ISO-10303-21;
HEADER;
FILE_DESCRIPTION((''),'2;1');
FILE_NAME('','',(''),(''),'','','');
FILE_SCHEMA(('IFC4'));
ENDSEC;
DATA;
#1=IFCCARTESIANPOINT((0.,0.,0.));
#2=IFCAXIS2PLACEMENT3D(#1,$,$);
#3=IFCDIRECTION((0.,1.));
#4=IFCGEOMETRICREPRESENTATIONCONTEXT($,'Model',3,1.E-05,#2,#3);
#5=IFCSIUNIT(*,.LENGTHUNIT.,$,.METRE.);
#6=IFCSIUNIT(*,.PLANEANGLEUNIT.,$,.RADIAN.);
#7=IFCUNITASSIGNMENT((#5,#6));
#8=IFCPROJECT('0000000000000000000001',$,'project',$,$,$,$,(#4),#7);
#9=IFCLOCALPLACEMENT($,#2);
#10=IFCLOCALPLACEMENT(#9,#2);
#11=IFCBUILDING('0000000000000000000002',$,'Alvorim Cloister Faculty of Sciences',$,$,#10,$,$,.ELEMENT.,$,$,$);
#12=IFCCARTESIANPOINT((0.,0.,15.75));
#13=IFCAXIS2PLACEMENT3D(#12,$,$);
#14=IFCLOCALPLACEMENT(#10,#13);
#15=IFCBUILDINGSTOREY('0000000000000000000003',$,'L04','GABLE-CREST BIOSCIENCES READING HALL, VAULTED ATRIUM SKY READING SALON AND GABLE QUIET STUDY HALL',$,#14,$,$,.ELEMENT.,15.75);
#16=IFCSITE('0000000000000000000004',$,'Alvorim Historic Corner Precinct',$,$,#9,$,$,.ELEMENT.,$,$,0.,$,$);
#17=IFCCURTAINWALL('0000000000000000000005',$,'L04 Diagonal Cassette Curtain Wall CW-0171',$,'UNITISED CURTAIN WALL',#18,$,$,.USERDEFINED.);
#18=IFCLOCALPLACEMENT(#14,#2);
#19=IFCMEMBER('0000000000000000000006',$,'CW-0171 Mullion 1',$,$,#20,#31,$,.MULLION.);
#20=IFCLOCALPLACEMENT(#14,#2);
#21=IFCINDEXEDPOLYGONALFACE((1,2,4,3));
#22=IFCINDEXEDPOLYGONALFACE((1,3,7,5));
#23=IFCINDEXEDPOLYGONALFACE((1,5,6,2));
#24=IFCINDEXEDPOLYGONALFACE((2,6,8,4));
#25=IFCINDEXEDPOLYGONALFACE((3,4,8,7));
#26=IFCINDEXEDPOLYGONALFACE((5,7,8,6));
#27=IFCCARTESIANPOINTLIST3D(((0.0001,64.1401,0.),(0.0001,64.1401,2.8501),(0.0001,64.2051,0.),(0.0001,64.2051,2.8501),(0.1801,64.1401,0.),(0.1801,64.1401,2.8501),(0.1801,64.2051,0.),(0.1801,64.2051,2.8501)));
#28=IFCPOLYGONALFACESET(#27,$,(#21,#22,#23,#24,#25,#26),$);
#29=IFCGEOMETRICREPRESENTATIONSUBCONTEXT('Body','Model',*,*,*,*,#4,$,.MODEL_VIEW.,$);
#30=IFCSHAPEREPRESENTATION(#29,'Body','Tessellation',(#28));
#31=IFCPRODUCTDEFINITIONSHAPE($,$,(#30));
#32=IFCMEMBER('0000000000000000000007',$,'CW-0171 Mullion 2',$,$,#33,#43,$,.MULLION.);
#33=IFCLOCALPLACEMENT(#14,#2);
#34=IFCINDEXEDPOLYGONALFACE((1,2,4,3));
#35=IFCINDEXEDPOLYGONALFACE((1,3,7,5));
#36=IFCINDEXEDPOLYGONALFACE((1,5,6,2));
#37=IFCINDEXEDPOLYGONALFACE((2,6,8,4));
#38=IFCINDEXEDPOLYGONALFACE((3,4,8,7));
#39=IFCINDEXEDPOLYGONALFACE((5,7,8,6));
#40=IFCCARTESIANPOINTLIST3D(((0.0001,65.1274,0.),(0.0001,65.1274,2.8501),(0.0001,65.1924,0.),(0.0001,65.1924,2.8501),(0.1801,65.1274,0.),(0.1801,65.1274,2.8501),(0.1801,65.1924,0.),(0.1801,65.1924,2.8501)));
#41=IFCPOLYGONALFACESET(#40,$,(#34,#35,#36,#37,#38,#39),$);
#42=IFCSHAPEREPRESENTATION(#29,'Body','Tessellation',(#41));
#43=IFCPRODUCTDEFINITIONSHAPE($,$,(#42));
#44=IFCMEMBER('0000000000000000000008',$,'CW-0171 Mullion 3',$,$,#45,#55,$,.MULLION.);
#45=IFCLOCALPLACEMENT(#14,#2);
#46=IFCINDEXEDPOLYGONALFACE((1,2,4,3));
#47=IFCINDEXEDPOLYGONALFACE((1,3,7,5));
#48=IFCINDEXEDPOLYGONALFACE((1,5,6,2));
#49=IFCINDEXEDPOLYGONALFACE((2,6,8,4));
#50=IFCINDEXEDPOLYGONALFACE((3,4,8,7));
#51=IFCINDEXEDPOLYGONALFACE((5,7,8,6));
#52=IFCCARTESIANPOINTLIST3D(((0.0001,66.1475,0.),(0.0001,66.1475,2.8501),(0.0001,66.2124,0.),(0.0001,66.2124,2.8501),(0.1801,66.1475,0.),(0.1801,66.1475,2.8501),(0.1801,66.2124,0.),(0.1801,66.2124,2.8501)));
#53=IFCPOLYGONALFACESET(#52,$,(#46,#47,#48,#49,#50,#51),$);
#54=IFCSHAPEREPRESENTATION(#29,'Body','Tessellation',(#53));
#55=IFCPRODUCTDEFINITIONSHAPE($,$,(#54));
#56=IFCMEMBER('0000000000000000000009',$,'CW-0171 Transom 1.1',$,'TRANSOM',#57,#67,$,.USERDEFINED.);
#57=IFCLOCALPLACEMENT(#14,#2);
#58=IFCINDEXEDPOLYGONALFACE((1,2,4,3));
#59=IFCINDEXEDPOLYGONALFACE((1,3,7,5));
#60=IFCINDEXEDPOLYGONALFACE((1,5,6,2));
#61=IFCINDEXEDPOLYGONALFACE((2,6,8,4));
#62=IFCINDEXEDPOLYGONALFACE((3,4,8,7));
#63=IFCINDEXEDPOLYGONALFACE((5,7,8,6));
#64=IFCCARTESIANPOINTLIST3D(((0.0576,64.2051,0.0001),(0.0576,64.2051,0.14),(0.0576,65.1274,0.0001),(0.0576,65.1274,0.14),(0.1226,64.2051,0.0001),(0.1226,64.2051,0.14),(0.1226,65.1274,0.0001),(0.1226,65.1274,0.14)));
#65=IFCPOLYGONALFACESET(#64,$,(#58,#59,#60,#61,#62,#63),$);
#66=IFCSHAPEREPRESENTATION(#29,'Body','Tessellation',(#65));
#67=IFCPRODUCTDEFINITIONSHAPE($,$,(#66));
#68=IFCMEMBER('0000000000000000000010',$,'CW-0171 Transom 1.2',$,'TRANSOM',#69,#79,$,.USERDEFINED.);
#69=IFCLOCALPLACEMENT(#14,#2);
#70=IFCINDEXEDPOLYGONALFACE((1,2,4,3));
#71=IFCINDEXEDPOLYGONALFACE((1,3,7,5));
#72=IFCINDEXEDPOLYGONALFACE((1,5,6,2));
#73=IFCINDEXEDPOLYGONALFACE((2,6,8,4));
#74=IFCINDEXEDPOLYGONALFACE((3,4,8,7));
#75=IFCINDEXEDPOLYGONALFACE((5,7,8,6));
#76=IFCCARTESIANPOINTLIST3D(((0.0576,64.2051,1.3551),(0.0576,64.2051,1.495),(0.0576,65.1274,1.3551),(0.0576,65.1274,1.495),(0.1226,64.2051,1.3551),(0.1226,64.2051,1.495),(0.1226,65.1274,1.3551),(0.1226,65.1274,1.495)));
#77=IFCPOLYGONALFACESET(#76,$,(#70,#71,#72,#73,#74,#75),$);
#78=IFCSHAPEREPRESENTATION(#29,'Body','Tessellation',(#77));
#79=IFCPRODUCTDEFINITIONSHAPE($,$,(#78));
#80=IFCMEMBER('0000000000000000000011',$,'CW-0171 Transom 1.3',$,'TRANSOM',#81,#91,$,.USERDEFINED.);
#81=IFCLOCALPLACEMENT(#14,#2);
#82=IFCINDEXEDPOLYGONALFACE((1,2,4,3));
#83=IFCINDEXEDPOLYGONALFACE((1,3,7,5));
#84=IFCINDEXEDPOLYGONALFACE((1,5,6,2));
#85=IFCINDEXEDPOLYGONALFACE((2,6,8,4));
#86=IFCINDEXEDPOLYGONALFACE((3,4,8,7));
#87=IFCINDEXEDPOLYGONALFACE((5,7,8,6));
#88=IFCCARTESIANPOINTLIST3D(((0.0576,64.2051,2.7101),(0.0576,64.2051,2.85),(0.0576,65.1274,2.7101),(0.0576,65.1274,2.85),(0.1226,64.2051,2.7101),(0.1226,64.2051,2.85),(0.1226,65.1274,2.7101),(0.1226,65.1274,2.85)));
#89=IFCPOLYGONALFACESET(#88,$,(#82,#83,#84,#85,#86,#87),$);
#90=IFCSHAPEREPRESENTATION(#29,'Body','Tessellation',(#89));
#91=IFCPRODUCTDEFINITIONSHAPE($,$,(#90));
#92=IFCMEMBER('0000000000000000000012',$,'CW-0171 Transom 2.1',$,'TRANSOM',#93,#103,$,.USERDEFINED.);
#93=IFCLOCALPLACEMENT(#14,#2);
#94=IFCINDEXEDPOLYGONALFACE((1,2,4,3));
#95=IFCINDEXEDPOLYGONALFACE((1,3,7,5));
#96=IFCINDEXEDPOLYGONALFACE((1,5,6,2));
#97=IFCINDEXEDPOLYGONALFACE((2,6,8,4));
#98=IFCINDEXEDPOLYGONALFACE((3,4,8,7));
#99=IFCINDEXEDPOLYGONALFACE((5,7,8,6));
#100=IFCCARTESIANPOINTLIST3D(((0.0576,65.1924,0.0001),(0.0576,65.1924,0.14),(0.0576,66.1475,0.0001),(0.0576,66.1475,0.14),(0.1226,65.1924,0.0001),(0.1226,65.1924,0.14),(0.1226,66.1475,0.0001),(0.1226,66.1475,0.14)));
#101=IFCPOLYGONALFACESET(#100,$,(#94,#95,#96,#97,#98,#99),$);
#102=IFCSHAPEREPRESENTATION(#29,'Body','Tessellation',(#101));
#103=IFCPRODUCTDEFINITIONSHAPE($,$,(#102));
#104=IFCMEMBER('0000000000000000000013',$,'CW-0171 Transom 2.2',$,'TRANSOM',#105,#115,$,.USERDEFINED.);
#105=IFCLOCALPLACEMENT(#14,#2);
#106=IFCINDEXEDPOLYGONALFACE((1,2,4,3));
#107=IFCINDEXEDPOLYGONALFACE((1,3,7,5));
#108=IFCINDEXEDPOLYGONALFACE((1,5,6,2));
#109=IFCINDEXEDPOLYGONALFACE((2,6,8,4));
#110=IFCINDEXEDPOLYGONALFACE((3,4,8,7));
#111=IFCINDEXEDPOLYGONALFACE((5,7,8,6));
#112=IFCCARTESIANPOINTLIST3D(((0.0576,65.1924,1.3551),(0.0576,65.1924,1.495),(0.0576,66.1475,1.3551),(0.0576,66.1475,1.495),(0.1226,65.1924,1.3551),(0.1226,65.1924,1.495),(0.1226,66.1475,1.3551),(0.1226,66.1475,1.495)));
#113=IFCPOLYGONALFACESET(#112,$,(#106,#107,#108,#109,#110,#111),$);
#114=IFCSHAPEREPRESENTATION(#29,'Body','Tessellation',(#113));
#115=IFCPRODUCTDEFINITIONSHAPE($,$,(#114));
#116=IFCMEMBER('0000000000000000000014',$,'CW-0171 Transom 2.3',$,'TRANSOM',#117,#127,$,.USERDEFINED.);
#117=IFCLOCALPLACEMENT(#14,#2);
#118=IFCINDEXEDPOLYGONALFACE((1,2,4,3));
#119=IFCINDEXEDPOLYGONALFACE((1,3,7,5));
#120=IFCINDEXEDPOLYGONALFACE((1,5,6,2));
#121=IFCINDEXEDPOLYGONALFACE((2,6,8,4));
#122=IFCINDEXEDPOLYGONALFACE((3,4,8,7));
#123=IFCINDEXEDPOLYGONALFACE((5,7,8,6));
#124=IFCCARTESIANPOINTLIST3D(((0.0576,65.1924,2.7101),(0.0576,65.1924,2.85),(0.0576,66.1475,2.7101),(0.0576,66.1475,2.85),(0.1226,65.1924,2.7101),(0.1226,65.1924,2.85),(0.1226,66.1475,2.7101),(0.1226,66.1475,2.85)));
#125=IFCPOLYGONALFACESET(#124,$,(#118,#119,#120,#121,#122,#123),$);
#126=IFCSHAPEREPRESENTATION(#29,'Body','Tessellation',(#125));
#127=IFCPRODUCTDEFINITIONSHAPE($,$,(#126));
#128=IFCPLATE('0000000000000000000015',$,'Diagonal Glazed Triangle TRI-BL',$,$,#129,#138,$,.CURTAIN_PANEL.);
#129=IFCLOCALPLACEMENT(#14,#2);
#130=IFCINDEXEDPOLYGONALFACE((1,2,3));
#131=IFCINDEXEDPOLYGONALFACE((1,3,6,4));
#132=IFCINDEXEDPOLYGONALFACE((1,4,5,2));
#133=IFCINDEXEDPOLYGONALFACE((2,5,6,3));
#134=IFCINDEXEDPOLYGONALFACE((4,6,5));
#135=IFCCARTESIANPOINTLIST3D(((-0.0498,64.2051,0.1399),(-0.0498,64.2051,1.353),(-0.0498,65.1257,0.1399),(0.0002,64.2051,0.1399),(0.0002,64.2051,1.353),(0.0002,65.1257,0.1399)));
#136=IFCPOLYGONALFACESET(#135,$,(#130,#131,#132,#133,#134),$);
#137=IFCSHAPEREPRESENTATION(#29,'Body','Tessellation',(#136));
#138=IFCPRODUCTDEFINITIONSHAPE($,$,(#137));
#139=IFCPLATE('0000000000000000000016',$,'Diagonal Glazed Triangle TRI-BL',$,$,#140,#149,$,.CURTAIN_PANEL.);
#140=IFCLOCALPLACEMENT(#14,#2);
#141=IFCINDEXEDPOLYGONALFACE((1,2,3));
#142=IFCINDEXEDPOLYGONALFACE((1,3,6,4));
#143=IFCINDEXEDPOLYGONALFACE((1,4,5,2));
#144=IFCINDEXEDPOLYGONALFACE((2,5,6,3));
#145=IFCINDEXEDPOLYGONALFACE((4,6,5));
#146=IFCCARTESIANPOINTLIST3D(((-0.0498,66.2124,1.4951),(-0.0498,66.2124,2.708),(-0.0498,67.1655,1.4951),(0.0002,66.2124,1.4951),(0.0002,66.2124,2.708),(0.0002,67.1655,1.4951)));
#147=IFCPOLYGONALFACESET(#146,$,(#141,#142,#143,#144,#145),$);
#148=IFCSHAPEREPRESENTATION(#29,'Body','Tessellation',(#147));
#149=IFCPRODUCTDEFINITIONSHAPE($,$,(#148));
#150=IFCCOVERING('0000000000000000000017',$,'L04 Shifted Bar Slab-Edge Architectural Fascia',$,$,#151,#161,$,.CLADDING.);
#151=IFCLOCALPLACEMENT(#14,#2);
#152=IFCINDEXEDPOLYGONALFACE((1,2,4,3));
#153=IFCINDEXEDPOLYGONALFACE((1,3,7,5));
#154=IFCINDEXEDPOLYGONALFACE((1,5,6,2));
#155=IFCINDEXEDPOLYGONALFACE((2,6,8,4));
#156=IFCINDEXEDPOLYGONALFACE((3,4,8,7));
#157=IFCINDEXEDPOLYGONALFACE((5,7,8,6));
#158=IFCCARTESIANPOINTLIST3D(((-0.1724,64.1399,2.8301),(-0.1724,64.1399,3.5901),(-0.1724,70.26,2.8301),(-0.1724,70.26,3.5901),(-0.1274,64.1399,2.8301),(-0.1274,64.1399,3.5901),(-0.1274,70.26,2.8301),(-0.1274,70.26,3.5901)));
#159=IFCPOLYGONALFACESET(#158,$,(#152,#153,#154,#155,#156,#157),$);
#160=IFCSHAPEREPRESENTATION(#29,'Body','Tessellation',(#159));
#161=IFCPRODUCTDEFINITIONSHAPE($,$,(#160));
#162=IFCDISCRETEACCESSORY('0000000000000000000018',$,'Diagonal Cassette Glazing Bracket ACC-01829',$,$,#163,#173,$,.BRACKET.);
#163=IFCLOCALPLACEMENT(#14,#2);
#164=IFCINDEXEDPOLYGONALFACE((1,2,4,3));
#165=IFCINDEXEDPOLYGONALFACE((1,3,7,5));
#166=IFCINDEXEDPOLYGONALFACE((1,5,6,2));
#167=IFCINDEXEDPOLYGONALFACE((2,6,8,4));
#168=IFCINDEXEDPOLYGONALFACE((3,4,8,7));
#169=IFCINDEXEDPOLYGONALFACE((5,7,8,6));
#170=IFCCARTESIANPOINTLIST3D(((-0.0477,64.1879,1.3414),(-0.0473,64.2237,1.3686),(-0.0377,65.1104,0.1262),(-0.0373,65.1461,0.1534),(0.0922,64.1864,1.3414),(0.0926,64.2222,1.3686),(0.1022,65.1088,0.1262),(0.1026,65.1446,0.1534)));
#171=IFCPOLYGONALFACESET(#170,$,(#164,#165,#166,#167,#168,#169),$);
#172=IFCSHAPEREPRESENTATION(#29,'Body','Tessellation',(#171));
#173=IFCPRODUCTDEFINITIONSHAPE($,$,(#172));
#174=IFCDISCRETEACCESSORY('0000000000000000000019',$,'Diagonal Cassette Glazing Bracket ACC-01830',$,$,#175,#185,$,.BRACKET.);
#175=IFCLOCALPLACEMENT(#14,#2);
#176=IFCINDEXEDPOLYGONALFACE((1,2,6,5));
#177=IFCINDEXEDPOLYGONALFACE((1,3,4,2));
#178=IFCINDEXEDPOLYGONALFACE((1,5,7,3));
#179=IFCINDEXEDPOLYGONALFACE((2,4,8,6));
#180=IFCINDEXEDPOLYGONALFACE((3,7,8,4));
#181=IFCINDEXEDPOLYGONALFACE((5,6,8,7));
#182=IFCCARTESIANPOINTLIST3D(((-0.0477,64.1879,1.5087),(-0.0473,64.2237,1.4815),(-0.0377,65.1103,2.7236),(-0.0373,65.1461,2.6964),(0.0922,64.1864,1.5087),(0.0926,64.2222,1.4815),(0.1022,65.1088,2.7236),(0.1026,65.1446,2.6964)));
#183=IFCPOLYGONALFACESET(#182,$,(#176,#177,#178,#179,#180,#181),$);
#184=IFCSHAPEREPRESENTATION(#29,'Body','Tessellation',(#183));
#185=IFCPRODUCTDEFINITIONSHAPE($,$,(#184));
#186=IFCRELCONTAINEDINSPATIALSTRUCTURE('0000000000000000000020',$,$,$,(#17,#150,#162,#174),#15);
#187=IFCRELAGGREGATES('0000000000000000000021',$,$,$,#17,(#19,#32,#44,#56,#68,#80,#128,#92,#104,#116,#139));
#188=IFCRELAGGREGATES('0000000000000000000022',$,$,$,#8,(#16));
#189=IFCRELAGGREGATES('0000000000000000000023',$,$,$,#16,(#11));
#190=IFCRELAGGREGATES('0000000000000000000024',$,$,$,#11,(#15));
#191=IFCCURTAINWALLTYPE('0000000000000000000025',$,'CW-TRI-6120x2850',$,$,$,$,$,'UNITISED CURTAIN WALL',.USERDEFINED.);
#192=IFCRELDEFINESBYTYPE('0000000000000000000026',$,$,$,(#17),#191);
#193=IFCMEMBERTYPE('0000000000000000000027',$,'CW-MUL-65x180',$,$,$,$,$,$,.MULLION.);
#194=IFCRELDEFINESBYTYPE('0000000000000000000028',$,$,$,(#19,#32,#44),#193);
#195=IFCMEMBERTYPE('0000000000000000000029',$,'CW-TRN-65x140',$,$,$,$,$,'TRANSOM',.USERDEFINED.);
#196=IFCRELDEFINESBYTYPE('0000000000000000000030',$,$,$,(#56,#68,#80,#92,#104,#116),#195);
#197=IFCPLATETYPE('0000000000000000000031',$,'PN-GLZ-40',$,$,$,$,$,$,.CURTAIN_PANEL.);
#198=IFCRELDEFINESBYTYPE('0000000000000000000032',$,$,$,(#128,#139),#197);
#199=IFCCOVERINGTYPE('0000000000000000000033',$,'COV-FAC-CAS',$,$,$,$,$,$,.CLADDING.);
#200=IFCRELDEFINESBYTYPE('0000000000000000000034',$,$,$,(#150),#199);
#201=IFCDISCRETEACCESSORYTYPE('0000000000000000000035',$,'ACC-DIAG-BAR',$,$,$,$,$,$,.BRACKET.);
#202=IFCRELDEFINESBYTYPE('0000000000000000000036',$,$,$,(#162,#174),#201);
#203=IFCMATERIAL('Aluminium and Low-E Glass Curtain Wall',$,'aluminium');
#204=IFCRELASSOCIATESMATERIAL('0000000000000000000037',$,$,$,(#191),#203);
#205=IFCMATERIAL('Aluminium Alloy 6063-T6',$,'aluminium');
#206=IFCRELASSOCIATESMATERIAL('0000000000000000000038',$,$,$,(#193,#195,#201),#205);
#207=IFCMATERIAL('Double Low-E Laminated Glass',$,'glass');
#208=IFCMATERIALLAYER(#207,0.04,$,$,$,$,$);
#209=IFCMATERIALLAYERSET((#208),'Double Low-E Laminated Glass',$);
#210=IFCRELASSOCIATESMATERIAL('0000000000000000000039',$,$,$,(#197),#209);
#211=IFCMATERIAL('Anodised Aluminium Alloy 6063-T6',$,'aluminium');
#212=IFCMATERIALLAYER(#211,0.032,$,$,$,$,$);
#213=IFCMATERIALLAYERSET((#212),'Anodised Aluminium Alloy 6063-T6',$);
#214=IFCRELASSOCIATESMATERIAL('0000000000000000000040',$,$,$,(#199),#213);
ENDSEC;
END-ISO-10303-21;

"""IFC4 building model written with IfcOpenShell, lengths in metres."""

from ifc_helpers import new_model, si_unit, direction, frame, origin, origin_2d, place, context, subcontext, project, spatial, polyline, rectangle, outline, extrude, material, layer, layer_set, material_profile, profile_set, type_object, element, aggregate, save


model = new_model("IFC4")

# Units and contexts
model_context = context("Model", 3, precision=1e-05, world=origin(), true_north=direction((0.0, 1.0)))
body_context = subcontext(model_context, "Body", "Model", "MODEL_VIEW")
ifc_project = project(units=[si_unit("LENGTHUNIT", "METRE"), si_unit("PLANEANGLEUNIT", "RADIAN")], contexts=[model_context])

# Site, building, storey
site_placement = place(None, origin())
site = spatial("IfcSite", under=ifc_project, at=site_placement, Name="Alvorim Historic Corner Precinct", CompositionType="ELEMENT", RefElevation=0.0)
building_placement = place(site_placement, origin())
building = spatial("IfcBuilding", under=site, at=building_placement, Name="Alvorim Cloister Faculty of Sciences", CompositionType="ELEMENT")
storey_placement = place(building_placement, frame((0.0, 0.0, 15.75)))
storey = spatial("IfcBuildingStorey", under=building, at=storey_placement, Name="L04", Description="GABLE-CREST BIOSCIENCES READING HALL, VAULTED ATRIUM SKY READING SALON AND GABLE QUIET STUDY HALL", CompositionType="ELEMENT", Elevation=15.75)

# Curtain wall, members, plates
ifc_material_1 = material(Name="Aluminium and Low-E Glass Curtain Wall", Category="aluminium")
curtain_wall_type = type_object("IfcCurtainWallType", Name="CW-TRI-6120x2850", ElementType="UNITISED CURTAIN WALL", PredefinedType="USERDEFINED", material=ifc_material_1)
curtain_wall_placement = place(storey_placement, origin())
curtain_wall = element("IfcCurtainWall", 1, at=curtain_wall_placement, inside=storey, type_object=curtain_wall_type, Name="L04 Diagonal Cassette Curtain Wall CW-0171", ObjectType="UNITISED CURTAIN WALL", PredefinedType="USERDEFINED")
ifc_material_2 = material(Name="Aluminium Alloy 6063-T6", Category="aluminium")
ifc_material_profile_1 = material_profile(ifc_material_2, rectangle(XDim=0.0649, YDim=0.1799, at=origin_2d()), Name="ALU-MUL-65x180")
ifc_profile_set_1 = profile_set([ifc_material_profile_1], Name="Aluminium Alloy 6063-T6")
member_type_1 = type_object("IfcMemberType", Name="CW-MUL-65x180", PredefinedType="MULLION", material=ifc_profile_set_1)
member_1_placement = place(storey_placement, frame((0.0901, 64.1726, 0.0), z_axis=(0.0, 0.0, 1.0), x_axis=(0.0, 1.0, 0.0)))
member_1 = element("IfcMember", 2, at=member_1_placement, type_object=member_type_1, Name="CW-0171 Mullion 1", PredefinedType="MULLION", context=body_context, shape_type="SweptSolid", body=[
    extrude(rectangle(XDim=0.0649, YDim=0.1799, at=origin_2d()), origin(), (0.0, 0.0, 1.0), 2.8501),
])
member_2_placement = place(storey_placement, frame((0.0901, 65.1599, 0.0), z_axis=(0.0, 0.0, 1.0), x_axis=(0.0, 1.0, 0.0)))
member_2 = element("IfcMember", 3, at=member_2_placement, type_object=member_type_1, Name="CW-0171 Mullion 2", PredefinedType="MULLION", context=body_context, shape_type="SweptSolid", body=[
    extrude(rectangle(XDim=0.0649, YDim=0.1799, at=origin_2d()), origin(), (0.0, 0.0, 1.0), 2.8501),
])
member_3_placement = place(storey_placement, frame((0.0901, 66.1799, 0.0), z_axis=(0.0, 0.0, 1.0), x_axis=(0.0, 1.0, 0.0)))
member_3 = element("IfcMember", 4, at=member_3_placement, type_object=member_type_1, Name="CW-0171 Mullion 3", PredefinedType="MULLION", context=body_context, shape_type="SweptSolid", body=[
    extrude(rectangle(XDim=0.0649, YDim=0.1799, at=origin_2d()), origin(), (0.0, 0.0, 1.0), 2.8501),
])
ifc_material_profile_2 = material_profile(ifc_material_2, rectangle(XDim=0.0649, YDim=0.1399, at=origin_2d()), Name="ALU-TRN-65x140")
ifc_profile_set_2 = profile_set([ifc_material_profile_2], Name="Aluminium Alloy 6063-T6")
member_type_2 = type_object("IfcMemberType", Name="CW-TRN-65x140", ElementType="TRANSOM", PredefinedType="USERDEFINED", material=ifc_profile_set_2)
member_4_placement = place(storey_placement, frame((0.0901, 64.2051, 0.0701), z_axis=(0.0, 1.0, 0.0), x_axis=(-1.0, 0.0, 0.0)))
member_4 = element("IfcMember", 5, at=member_4_placement, type_object=member_type_2, Name="CW-0171 Transom 1.1", ObjectType="TRANSOM", PredefinedType="USERDEFINED", context=body_context, shape_type="SweptSolid", body=[
    extrude(rectangle(XDim=0.0649, YDim=0.1399, at=origin_2d()), origin(), (0.0, 0.0, 1.0), 0.9224),
])
member_5_placement = place(storey_placement, frame((0.0901, 64.2051, 1.425), z_axis=(0.0, 1.0, 0.0), x_axis=(-1.0, 0.0, 0.0)))
member_5 = element("IfcMember", 6, at=member_5_placement, type_object=member_type_2, Name="CW-0171 Transom 1.2", ObjectType="TRANSOM", PredefinedType="USERDEFINED", context=body_context, shape_type="SweptSolid", body=[
    extrude(rectangle(XDim=0.0649, YDim=0.1399, at=origin_2d()), origin(), (0.0, 0.0, 1.0), 0.9224),
])
member_6_placement = place(storey_placement, frame((0.0901, 64.2051, 2.78), z_axis=(0.0, 1.0, 0.0), x_axis=(-1.0, 0.0, 0.0)))
member_6 = element("IfcMember", 7, at=member_6_placement, type_object=member_type_2, Name="CW-0171 Transom 1.3", ObjectType="TRANSOM", PredefinedType="USERDEFINED", context=body_context, shape_type="SweptSolid", body=[
    extrude(rectangle(XDim=0.0649, YDim=0.1399, at=origin_2d()), origin(), (0.0, 0.0, 1.0), 0.9224),
])
member_7_placement = place(storey_placement, frame((0.0901, 65.1924, 0.0701), z_axis=(0.0, 1.0, 0.0), x_axis=(-1.0, 0.0, 0.0)))
member_7 = element("IfcMember", 8, at=member_7_placement, type_object=member_type_2, Name="CW-0171 Transom 2.1", ObjectType="TRANSOM", PredefinedType="USERDEFINED", context=body_context, shape_type="SweptSolid", body=[
    extrude(rectangle(XDim=0.0649, YDim=0.1399, at=origin_2d()), origin(), (0.0, 0.0, 1.0), 0.9551),
])
member_8_placement = place(storey_placement, frame((0.0901, 65.1924, 1.425), z_axis=(0.0, 1.0, 0.0), x_axis=(-1.0, 0.0, 0.0)))
member_8 = element("IfcMember", 9, at=member_8_placement, type_object=member_type_2, Name="CW-0171 Transom 2.2", ObjectType="TRANSOM", PredefinedType="USERDEFINED", context=body_context, shape_type="SweptSolid", body=[
    extrude(rectangle(XDim=0.0649, YDim=0.1399, at=origin_2d()), origin(), (0.0, 0.0, 1.0), 0.9551),
])
member_9_placement = place(storey_placement, frame((0.0901, 65.1924, 2.78), z_axis=(0.0, 1.0, 0.0), x_axis=(-1.0, 0.0, 0.0)))
member_9 = element("IfcMember", 10, at=member_9_placement, type_object=member_type_2, Name="CW-0171 Transom 2.3", ObjectType="TRANSOM", PredefinedType="USERDEFINED", context=body_context, shape_type="SweptSolid", body=[
    extrude(rectangle(XDim=0.0649, YDim=0.1399, at=origin_2d()), origin(), (0.0, 0.0, 1.0), 0.9551),
])
ifc_material_3 = material(Name="Double Low-E Laminated Glass", Category="glass")
ifc_layer_1 = layer(ifc_material_3, 0.04)
ifc_layer_set_1 = layer_set([ifc_layer_1], Name="Double Low-E Laminated Glass")
plate_type = type_object("IfcPlateType", Name="PN-GLZ-40", PredefinedType="CURTAIN_PANEL", material=ifc_layer_set_1)
plate_1_placement = place(storey_placement, frame((-0.0249, 64.2051, 0.1399), z_axis=(0.0, 0.0, 1.0), x_axis=(0.0, 1.0, 0.0)))
plate_1 = element("IfcPlate", 11, at=plate_1_placement, type_object=plate_type, Name="Diagonal Glazed Triangle TRI-BL", PredefinedType="CURTAIN_PANEL", context=body_context, shape_type="SweptSolid", body=[
    extrude(outline(polyline([(0.0, 0.0), (0.9207, 0.0), (0.0, 1.2131), (0.0, 0.0)])), frame((0.0, 0.0249, 0.0), z_axis=(0.0, -1.0, 0.0), x_axis=(1.0, 0.0, 0.0)), (0.0, 0.0, 1.0), 0.05),
])
plate_2_placement = place(storey_placement, frame((-0.0249, 66.2124, 1.4951), z_axis=(0.0, 0.0, 1.0), x_axis=(0.0, 1.0, 0.0)))
plate_2 = element("IfcPlate", 12, at=plate_2_placement, type_object=plate_type, Name="Diagonal Glazed Triangle TRI-BL", PredefinedType="CURTAIN_PANEL", context=body_context, shape_type="SweptSolid", body=[
    extrude(outline(polyline([(0.0, 0.0), (0.9531, 0.0), (0.0, 1.2129), (0.0, 0.0)])), frame((0.0, 0.0249, 0.0), z_axis=(0.0, -1.0, 0.0), x_axis=(1.0, 0.0, 0.0)), (0.0, 0.0, 1.0), 0.05),
])
aggregate(curtain_wall, [member_1, member_2, member_3, member_4, member_5, member_6, plate_1, member_7, member_8, member_9, plate_2])

# Covering
ifc_material_4 = material(Name="Anodised Aluminium Alloy 6063-T6", Category="aluminium")
ifc_layer_2 = layer(ifc_material_4, 0.032)
ifc_layer_set_2 = layer_set([ifc_layer_2], Name="Anodised Aluminium Alloy 6063-T6")
covering_type = type_object("IfcCoveringType", Name="COV-FAC-CAS", PredefinedType="CLADDING", material=ifc_layer_set_2)
covering_placement = place(storey_placement, frame((-0.1499, 64.1399, 2.8301), z_axis=(0.0, 0.0, 1.0), x_axis=(0.0, 1.0, 0.0)))
element("IfcCovering", 13, at=covering_placement, inside=storey, type_object=covering_type, Name="L04 Shifted Bar Slab-Edge Architectural Fascia", PredefinedType="CLADDING", context=body_context, shape_type="SweptSolid", body=[
    extrude(outline(polyline([(0.0, 0.0), (6.1201, 0.0), (6.1201, 0.76), (0.0, 0.76), (0.0, 0.0)])), frame((0.0, 0.0225, 0.0), z_axis=(0.0, -1.0, 0.0), x_axis=(1.0, 0.0, 0.0)), (0.0, 0.0, 1.0), 0.0449),
])

# Discrete accessories
discrete_accessory_type = type_object("IfcDiscreteAccessoryType", Name="ACC-DIAG-BAR", PredefinedType="BRACKET", material=ifc_material_2)
discrete_accessory_1_placement = place(storey_placement, frame((0.0225, 64.2051, 1.355), z_axis=(0.006561, 0.604612, -0.796493), x_axis=(-0.999941, 0.010852, 0.0)))
element("IfcDiscreteAccessory", 14, at=discrete_accessory_1_placement, inside=storey, type_object=discrete_accessory_type, Name="Diagonal Cassette Glazing Bracket ACC-01829", PredefinedType="BRACKET", context=body_context, shape_type="SweptSolid", body=[
    extrude(rectangle(XDim=0.1399, YDim=0.0449, at=origin_2d()), origin(), (0.0, 0.0, 1.0), 1.5256),
])
discrete_accessory_2_placement = place(storey_placement, frame((0.0225, 64.2051, 1.4951), z_axis=(0.006562, 0.604689, 0.796435), x_axis=(-0.999941, 0.010852, 0.0)))
element("IfcDiscreteAccessory", 15, at=discrete_accessory_2_placement, inside=storey, type_object=discrete_accessory_type, Name="Diagonal Cassette Glazing Bracket ACC-01830", PredefinedType="BRACKET", context=body_context, shape_type="SweptSolid", body=[
    extrude(rectangle(XDim=0.1399, YDim=0.0449, at=origin_2d()), origin(), (0.0, 0.0, 1.0), 1.5254),
])

save(model, "model.ifc")
